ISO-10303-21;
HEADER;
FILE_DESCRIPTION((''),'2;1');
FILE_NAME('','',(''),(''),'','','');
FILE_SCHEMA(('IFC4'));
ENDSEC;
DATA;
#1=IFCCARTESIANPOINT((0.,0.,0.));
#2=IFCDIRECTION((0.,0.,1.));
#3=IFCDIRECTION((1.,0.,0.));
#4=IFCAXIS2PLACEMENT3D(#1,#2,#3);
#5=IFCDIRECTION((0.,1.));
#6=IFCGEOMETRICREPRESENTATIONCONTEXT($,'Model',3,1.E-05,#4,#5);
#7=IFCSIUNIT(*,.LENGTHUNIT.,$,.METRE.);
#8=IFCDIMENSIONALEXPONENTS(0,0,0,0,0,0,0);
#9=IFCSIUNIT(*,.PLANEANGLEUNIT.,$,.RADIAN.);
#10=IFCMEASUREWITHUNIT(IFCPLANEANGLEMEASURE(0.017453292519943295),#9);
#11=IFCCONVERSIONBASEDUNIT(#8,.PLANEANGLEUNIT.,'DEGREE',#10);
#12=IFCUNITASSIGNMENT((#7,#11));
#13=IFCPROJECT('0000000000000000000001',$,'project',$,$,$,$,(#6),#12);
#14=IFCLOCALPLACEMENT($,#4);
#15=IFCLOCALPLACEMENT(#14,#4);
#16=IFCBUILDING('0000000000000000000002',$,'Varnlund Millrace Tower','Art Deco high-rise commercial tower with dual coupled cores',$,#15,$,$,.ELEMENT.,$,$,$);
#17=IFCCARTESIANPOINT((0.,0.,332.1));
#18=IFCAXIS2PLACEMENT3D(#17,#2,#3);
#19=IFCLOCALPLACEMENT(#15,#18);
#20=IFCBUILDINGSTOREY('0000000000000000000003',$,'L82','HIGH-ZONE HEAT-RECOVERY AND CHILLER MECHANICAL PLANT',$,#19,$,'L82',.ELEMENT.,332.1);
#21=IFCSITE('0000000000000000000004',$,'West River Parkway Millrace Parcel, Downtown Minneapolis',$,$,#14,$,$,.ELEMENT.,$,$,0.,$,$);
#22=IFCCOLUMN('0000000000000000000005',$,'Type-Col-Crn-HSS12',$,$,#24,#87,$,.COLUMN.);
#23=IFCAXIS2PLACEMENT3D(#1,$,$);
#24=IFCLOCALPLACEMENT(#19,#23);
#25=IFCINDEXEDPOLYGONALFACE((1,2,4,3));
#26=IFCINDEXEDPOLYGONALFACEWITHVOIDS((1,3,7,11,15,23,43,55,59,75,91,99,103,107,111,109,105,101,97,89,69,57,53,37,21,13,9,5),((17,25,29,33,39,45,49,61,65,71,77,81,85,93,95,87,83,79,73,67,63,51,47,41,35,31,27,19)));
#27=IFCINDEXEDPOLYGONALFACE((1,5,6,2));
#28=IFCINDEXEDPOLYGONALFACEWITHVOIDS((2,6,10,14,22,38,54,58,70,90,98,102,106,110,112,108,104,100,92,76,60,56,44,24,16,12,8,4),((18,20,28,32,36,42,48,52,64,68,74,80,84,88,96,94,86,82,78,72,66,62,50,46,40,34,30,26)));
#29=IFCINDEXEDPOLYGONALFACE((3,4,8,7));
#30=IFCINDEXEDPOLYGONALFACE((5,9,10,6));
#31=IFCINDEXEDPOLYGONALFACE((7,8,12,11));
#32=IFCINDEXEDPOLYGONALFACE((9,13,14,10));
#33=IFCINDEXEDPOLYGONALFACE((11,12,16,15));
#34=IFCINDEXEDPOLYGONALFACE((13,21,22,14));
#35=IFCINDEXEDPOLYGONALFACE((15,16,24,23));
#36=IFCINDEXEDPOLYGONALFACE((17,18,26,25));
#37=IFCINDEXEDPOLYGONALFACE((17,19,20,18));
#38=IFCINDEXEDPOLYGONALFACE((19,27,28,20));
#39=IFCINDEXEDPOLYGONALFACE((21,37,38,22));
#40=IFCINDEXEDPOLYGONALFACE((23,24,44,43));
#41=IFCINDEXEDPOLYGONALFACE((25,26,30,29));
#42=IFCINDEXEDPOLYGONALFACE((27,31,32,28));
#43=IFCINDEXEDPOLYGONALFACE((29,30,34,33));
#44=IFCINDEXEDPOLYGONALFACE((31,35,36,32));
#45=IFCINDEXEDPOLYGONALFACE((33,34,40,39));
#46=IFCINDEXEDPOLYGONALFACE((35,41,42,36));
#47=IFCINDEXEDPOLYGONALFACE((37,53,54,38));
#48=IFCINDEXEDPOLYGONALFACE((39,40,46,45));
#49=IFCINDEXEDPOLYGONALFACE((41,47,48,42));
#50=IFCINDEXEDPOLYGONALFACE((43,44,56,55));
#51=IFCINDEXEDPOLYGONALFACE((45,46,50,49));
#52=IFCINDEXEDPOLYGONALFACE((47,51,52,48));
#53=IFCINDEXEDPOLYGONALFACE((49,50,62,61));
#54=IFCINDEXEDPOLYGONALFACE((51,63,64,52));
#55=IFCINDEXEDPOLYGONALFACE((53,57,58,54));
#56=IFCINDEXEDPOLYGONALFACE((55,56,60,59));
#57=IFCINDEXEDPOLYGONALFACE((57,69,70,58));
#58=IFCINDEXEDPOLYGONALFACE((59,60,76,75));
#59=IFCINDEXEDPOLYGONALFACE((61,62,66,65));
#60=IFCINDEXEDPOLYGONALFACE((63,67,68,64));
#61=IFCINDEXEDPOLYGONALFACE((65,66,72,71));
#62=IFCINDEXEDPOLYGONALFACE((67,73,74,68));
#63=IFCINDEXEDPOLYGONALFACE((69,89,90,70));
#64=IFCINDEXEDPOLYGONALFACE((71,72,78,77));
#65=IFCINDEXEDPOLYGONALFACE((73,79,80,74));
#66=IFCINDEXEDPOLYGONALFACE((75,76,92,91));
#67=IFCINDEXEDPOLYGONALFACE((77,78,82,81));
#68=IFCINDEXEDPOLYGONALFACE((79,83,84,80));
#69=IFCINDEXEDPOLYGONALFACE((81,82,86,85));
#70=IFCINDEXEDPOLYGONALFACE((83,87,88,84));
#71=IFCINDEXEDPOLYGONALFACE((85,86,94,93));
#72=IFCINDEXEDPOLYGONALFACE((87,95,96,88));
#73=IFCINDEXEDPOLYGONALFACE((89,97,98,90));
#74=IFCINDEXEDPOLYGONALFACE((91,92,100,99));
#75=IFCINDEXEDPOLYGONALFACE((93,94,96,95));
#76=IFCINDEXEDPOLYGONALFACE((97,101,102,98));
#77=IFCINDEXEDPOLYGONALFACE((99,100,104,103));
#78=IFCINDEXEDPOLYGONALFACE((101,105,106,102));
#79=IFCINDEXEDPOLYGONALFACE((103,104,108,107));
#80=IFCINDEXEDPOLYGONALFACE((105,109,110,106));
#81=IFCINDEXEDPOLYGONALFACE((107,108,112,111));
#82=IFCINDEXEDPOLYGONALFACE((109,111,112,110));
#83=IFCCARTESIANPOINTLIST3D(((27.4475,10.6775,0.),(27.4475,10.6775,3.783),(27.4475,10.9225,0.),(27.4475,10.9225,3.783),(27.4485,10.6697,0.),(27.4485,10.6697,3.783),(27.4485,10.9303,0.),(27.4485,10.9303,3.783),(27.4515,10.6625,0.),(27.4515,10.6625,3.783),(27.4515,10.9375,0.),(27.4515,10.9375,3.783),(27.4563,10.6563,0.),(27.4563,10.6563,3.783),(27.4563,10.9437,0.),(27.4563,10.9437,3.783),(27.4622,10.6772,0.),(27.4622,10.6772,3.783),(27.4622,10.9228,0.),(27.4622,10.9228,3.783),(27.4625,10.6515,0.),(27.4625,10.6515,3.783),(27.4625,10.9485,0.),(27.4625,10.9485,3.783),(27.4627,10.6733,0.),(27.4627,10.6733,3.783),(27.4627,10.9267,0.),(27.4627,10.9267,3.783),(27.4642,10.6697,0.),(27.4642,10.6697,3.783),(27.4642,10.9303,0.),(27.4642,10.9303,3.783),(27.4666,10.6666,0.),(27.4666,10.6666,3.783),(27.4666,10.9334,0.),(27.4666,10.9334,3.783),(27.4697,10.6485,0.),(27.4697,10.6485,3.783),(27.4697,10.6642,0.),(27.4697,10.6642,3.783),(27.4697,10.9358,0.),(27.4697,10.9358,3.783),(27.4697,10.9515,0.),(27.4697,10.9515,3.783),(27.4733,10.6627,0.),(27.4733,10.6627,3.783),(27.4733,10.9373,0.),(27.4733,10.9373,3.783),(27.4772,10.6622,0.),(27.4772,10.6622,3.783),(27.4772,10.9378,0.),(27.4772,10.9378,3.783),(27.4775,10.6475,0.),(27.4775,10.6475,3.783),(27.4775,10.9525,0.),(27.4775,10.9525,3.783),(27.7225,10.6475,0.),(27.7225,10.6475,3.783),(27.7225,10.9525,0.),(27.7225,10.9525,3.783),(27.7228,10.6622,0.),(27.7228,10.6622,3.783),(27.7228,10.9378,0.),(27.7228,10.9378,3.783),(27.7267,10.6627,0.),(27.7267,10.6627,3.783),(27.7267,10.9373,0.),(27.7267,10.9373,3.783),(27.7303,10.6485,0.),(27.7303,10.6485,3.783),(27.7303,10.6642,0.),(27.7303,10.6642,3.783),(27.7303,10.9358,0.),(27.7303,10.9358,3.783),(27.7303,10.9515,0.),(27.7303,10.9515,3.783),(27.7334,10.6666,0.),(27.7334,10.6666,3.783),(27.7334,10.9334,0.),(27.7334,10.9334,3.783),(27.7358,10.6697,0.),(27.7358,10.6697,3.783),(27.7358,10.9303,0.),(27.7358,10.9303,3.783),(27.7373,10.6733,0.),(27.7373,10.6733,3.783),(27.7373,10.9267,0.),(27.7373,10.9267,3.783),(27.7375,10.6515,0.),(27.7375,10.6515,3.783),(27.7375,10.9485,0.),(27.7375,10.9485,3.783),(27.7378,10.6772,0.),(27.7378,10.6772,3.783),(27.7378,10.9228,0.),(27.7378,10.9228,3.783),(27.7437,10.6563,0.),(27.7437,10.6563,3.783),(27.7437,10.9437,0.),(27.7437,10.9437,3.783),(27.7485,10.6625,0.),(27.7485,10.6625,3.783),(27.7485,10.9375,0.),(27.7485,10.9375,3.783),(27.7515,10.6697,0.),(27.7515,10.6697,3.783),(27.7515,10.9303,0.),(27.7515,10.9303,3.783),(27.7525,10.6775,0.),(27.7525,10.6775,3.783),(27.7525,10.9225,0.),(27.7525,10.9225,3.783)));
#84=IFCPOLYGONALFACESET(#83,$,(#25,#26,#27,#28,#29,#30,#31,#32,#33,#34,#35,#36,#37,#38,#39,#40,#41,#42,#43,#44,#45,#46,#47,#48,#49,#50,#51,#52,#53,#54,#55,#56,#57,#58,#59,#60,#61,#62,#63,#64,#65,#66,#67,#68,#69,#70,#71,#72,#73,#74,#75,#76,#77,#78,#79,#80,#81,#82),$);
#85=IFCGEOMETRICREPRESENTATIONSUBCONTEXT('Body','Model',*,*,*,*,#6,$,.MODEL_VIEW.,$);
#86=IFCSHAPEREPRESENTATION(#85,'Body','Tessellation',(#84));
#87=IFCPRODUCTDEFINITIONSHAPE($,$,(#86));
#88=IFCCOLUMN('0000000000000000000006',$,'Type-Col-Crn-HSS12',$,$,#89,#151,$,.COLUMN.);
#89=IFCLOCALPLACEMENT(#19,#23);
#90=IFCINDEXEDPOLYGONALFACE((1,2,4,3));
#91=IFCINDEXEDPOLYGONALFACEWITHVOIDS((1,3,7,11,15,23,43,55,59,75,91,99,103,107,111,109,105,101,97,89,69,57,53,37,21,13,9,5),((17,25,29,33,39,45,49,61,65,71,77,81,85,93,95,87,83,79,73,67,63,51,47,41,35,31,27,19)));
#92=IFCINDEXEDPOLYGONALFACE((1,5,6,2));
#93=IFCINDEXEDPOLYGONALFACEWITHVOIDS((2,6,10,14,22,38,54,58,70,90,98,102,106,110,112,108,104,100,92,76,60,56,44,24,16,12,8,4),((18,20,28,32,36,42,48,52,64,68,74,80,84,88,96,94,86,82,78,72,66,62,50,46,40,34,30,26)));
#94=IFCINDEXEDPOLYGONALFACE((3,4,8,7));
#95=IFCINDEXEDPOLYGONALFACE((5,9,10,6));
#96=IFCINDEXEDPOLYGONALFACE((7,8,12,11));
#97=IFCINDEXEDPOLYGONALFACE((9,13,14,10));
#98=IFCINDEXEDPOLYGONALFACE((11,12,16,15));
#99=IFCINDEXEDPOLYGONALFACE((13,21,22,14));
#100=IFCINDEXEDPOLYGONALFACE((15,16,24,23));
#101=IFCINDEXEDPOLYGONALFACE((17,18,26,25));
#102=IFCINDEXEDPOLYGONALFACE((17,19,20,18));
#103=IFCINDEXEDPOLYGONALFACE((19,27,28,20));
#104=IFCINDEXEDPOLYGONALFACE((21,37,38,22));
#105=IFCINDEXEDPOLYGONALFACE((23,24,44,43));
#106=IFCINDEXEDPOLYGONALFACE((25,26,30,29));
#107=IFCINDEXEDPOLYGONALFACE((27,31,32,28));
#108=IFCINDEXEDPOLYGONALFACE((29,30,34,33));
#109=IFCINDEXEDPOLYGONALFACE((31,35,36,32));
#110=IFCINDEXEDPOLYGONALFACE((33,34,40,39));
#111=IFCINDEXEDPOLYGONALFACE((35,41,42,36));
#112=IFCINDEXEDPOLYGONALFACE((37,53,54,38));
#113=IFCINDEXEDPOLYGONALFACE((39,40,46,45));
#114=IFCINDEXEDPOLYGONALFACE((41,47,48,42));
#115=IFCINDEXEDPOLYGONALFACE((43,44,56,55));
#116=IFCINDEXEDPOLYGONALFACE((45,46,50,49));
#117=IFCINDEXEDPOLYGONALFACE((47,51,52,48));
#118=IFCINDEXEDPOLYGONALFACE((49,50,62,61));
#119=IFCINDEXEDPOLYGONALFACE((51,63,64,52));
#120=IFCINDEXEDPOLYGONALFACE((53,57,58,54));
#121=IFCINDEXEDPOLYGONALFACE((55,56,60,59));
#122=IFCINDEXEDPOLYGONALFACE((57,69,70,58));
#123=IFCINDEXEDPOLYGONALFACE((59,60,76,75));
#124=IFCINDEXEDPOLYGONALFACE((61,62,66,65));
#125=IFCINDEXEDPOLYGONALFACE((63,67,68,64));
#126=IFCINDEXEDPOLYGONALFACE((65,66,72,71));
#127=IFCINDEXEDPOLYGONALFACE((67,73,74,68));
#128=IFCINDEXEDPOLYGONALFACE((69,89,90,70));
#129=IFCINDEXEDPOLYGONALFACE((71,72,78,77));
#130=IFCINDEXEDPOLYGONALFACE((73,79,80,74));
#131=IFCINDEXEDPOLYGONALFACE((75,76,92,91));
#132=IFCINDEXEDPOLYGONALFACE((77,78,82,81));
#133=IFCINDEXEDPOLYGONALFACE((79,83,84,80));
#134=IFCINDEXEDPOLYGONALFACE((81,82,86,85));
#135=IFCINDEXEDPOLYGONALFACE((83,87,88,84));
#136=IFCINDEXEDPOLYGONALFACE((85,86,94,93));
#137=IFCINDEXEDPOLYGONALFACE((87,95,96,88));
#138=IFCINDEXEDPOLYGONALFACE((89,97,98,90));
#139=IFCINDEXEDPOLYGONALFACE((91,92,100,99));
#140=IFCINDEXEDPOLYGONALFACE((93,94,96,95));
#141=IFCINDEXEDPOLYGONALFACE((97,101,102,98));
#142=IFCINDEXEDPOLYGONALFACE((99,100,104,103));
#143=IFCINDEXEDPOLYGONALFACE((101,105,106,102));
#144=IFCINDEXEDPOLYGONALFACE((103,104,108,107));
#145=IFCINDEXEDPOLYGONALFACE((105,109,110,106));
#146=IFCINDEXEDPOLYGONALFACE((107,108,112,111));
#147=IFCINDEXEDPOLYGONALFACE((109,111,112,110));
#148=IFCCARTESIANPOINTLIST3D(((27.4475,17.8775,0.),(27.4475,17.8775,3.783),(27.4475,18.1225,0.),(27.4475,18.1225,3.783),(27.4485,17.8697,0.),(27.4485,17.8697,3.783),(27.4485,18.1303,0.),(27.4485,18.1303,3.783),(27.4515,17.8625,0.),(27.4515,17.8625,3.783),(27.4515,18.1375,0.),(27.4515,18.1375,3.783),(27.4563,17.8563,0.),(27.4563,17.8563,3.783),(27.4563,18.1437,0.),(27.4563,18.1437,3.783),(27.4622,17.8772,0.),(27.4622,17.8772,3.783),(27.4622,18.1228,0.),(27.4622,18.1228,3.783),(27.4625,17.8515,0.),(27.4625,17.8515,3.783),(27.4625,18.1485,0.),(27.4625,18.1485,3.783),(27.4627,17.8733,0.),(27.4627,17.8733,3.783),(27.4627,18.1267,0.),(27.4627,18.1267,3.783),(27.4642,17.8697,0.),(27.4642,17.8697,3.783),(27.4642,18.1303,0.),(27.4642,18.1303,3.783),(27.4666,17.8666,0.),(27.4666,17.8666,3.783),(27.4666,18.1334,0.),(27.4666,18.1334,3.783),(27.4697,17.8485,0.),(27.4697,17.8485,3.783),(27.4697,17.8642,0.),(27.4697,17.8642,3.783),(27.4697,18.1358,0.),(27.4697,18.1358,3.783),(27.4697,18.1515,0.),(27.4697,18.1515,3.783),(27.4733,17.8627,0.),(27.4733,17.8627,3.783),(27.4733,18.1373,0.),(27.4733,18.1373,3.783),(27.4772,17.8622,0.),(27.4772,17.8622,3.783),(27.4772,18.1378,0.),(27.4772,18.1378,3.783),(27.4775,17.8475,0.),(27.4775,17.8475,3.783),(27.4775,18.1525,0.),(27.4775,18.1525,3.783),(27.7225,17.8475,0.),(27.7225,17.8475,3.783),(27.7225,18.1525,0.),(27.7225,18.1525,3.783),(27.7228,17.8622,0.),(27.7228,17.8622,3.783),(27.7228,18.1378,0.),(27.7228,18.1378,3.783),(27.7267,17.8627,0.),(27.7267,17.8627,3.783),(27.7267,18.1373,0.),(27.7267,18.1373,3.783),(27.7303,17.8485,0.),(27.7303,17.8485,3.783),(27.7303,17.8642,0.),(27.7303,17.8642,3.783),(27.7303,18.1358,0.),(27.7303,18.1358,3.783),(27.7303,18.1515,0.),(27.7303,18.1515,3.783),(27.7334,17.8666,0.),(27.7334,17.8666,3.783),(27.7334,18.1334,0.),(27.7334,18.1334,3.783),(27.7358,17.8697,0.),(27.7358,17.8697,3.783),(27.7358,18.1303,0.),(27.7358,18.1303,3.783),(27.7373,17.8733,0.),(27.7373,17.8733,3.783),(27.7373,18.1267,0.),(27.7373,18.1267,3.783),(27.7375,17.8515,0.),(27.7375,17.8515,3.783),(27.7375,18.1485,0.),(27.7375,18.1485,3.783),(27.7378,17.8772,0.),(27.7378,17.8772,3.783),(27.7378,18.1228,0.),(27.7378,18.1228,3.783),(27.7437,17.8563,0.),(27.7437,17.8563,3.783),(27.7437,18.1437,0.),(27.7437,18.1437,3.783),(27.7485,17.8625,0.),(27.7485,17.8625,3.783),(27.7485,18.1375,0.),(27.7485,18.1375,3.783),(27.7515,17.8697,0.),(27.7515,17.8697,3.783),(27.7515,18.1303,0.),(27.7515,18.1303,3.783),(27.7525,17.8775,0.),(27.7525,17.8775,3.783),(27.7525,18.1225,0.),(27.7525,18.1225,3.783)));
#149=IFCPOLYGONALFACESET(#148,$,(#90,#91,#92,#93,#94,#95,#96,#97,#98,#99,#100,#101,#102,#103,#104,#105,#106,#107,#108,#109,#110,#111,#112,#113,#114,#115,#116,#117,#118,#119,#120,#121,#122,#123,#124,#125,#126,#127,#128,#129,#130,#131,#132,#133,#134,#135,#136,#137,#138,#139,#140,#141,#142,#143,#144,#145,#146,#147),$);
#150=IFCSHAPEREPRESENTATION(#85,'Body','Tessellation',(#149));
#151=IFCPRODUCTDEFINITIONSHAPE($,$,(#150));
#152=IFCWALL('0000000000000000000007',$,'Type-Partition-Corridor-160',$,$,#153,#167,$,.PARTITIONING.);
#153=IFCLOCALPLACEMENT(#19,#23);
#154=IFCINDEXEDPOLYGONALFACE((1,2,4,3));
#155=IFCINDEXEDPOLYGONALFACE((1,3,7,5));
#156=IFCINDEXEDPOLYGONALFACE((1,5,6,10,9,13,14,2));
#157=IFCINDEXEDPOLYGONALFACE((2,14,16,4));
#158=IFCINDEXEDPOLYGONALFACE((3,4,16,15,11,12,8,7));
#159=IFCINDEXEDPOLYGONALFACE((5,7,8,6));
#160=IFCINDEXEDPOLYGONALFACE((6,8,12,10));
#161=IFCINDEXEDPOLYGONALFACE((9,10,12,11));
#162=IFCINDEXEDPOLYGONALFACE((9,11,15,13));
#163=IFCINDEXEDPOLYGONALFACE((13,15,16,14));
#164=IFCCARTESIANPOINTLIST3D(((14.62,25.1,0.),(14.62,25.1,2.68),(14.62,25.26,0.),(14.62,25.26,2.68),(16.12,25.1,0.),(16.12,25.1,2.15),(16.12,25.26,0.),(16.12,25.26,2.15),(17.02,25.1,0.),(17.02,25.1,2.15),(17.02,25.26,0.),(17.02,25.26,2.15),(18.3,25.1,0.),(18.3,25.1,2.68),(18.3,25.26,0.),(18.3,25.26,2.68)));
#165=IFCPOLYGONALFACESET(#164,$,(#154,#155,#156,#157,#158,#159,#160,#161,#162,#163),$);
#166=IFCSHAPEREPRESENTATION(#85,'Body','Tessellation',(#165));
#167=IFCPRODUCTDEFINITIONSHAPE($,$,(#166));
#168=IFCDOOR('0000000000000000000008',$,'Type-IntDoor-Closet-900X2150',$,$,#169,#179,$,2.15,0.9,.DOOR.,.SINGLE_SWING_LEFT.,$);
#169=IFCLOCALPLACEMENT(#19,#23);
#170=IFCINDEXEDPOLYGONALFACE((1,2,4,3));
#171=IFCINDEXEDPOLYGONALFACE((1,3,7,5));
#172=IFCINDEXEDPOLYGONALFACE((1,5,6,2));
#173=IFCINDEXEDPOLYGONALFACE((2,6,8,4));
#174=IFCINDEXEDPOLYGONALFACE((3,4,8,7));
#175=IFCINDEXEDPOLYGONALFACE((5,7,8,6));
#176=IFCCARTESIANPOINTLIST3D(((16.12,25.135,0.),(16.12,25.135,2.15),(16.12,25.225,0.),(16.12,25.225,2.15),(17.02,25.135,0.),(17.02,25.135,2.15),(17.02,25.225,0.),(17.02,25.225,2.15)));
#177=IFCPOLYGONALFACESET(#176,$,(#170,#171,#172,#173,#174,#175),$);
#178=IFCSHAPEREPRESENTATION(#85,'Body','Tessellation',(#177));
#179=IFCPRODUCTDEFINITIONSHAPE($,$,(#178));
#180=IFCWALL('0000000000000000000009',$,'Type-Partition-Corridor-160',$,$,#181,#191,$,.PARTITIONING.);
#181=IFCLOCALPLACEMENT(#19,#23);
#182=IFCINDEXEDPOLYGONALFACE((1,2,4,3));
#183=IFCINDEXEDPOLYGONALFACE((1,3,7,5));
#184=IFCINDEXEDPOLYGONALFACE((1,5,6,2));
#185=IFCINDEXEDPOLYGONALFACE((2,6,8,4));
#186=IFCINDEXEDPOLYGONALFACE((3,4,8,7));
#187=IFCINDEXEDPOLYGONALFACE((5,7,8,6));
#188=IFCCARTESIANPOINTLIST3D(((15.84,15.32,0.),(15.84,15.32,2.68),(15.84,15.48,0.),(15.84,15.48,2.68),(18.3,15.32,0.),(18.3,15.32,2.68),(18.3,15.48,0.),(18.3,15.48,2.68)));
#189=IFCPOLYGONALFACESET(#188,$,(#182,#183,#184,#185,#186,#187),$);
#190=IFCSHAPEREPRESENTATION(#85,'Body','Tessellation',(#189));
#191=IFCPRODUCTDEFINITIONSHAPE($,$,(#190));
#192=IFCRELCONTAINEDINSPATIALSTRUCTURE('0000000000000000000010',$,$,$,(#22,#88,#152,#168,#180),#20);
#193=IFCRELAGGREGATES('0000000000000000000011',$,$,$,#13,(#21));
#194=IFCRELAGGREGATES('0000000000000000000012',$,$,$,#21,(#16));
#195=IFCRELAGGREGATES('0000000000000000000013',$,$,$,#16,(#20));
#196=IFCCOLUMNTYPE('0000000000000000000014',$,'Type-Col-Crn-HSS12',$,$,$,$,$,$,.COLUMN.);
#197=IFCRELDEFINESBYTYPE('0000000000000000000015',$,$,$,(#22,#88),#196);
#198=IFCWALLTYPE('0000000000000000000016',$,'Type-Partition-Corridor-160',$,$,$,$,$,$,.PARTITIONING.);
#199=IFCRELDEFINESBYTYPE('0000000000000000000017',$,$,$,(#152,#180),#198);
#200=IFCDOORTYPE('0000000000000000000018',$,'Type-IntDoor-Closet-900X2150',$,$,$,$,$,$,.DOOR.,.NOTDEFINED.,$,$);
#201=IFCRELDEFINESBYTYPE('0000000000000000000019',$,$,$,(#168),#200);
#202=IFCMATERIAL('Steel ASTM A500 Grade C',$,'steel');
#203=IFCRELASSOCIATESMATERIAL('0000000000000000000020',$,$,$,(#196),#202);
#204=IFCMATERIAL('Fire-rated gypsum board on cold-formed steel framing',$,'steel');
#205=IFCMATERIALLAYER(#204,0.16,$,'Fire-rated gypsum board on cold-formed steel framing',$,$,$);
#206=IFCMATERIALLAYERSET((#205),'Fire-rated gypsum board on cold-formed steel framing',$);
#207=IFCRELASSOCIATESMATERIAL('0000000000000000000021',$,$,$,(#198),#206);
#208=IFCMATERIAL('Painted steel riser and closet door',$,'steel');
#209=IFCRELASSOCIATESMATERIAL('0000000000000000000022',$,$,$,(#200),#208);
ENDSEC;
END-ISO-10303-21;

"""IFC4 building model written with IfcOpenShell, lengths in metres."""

from ifc_helpers import new_model, entity, si_unit, converted_unit, direction, frame, origin_with_axes, origin_2d_with_axis, place, context, subcontext, project, spatial, polyline, rectangle, hollow_rectangle, outline, extrude, material, layer, layer_set, material_profile, profile_set, type_object, element, fill, save


model = new_model("IFC4")

# Units and contexts
model_context = context("Model", 3, precision=1e-05, world=origin_with_axes(), true_north=direction((0.0, 1.0)))
body_context = subcontext(model_context, "Body", "Model", "MODEL_VIEW")
ifc_project = project(units=[si_unit("LENGTHUNIT", "METRE"), converted_unit("PLANEANGLEUNIT", "DEGREE", entity("IfcPlaneAngleMeasure", 0.017453292519943295), si_unit("PLANEANGLEUNIT", "RADIAN"), dimensions=[0, 0, 0, 0, 0, 0, 0])], contexts=[model_context])

# Site, building, storey
site_placement = place(None, origin_with_axes())
site = spatial("IfcSite", under=ifc_project, at=site_placement, Name="West River Parkway Millrace Parcel, Downtown Minneapolis", CompositionType="ELEMENT", RefElevation=0.0)
building_placement = place(site_placement, origin_with_axes())
building = spatial("IfcBuilding", under=site, at=building_placement, Name="Varnlund Millrace Tower", Description="Art Deco high-rise commercial tower with dual coupled cores", CompositionType="ELEMENT")
storey_placement = place(building_placement, frame((0.0, 0.0, 332.1), z_axis=(0.0, 0.0, 1.0), x_axis=(1.0, 0.0, 0.0)))
storey = spatial("IfcBuildingStorey", under=building, at=storey_placement, Name="L82", Description="HIGH-ZONE HEAT-RECOVERY AND CHILLER MECHANICAL PLANT", LongName="L82", CompositionType="ELEMENT", Elevation=332.1)

# Columns
ifc_material_1 = material(Name="Steel ASTM A500 Grade C", Category="steel")
ifc_material_profile = material_profile(ifc_material_1, hollow_rectangle(XDim=0.305, YDim=0.305, WallThickness=0.0147, InnerFilletRadius=0.015, OuterFilletRadius=0.03, at=origin_2d_with_axis()), Name="Steel ASTM A500 Grade C")
ifc_profile_set = profile_set([ifc_material_profile], Name="Steel ASTM A500 Grade C")
column_type = type_object("IfcColumnType", Name="Type-Col-Crn-HSS12", PredefinedType="COLUMN", material=ifc_profile_set)
for number, where, z_axis, x_axis, name in (
    (1, (27.6, 10.8, 0.0), (0.0, 0.0, 1.0), (1.0, 0.0, 0.0), "Type-Col-Crn-HSS12"),
    (2, (27.6, 18.0, 0.0), (0.0, 0.0, 1.0), (1.0, 0.0, 0.0), "Type-Col-Crn-HSS12"),
):
    element("IfcColumn", number, at=place(storey_placement, frame(where, z_axis=z_axis, x_axis=x_axis)), inside=storey, type_object=column_type, Name=name, PredefinedType="COLUMN", context=body_context, shape_type="SweptSolid", body=[
        extrude(hollow_rectangle(XDim=0.305, YDim=0.305, WallThickness=0.0147, InnerFilletRadius=0.015, OuterFilletRadius=0.03, at=origin_2d_with_axis()), origin_with_axes(), (0.0, 0.0, 1.0), 3.783),
    ])

# Wall, opening, door
ifc_material_2 = material(Name="Fire-rated gypsum board on cold-formed steel framing", Category="steel")
ifc_layer_1 = layer(ifc_material_2, 0.16, Name="Fire-rated gypsum board on cold-formed steel framing")
ifc_layer_set_1 = layer_set([ifc_layer_1], Name="Fire-rated gypsum board on cold-formed steel framing")
wall_type_1 = type_object("IfcWallType", Name="Type-Partition-Corridor-160", PredefinedType="PARTITIONING", material=ifc_layer_set_1)
wall_1_placement = place(storey_placement, frame((14.62, 25.18, 0.0), z_axis=(0.0, 0.0, 1.0), x_axis=(1.0, 0.0, 0.0)))
wall_1 = element("IfcWall", 3, at=wall_1_placement, inside=storey, type_object=wall_type_1, Name="Type-Partition-Corridor-160", PredefinedType="PARTITIONING", context=body_context, shape_type="SweptSolid", body=[
    extrude(outline(polyline([(0.0, -0.08), (3.68, -0.08), (3.68, 0.08), (0.0, 0.08), (0.0, -0.08)])), origin_with_axes(), (0.0, 0.0, 1.0), 2.68),
])
opening_1_placement = place(wall_1_placement, frame((1.95, 0.0, 0.0), z_axis=(0.0, 0.0, 1.0), x_axis=(1.0, 0.0, 0.0)))
opening_1 = element("IfcOpeningElement", 4, at=opening_1_placement, cuts=wall_1, PredefinedType="OPENING", context=body_context, shape_type="SweptSolid", body=[
    extrude(rectangle(XDim=0.9, YDim=0.18, at=origin_2d_with_axis()), origin_with_axes(), (0.0, 0.0, 1.0), 2.15),
])
ifc_material_3 = material(Name="Painted steel riser and closet door", Category="steel")
door_type_1 = type_object("IfcDoorType", Name="Type-IntDoor-Closet-900X2150", OperationType="NOTDEFINED", PredefinedType="DOOR", material=ifc_material_3)
door_1_placement = place(wall_1_placement, frame((1.95, 0.0, 0.0), z_axis=(0.0, 0.0, 1.0), x_axis=(1.0, 0.0, 0.0)))
door_1 = element("IfcDoor", 5, at=door_1_placement, inside=storey, type_object=door_type_1, Name="Type-IntDoor-Closet-900X2150", OperationType="SINGLE_SWING_LEFT", OverallHeight=2.15, OverallWidth=0.9, PredefinedType="DOOR", context=body_context, shape_type="SweptSolid", body=[
    extrude(rectangle(XDim=0.9, YDim=0.09, at=origin_2d_with_axis()), origin_with_axes(), (0.0, 0.0, 1.0), 2.15),
])
fill(opening_1, door_1)

# Wall
wall_2_placement = place(storey_placement, frame((15.84, 15.4, 0.0), z_axis=(0.0, 0.0, 1.0), x_axis=(1.0, 0.0, 0.0)))
element("IfcWall", 6, at=wall_2_placement, inside=storey, type_object=wall_type_1, Name="Type-Partition-Corridor-160", PredefinedType="PARTITIONING", context=body_context, shape_type="SweptSolid", body=[
    extrude(outline(polyline([(0.0, -0.08), (2.46, -0.08), (2.46, 0.08), (0.0, 0.08), (0.0, -0.08)])), origin_with_axes(), (0.0, 0.0, 1.0), 2.68),
])

save(model, "model.ifc")
